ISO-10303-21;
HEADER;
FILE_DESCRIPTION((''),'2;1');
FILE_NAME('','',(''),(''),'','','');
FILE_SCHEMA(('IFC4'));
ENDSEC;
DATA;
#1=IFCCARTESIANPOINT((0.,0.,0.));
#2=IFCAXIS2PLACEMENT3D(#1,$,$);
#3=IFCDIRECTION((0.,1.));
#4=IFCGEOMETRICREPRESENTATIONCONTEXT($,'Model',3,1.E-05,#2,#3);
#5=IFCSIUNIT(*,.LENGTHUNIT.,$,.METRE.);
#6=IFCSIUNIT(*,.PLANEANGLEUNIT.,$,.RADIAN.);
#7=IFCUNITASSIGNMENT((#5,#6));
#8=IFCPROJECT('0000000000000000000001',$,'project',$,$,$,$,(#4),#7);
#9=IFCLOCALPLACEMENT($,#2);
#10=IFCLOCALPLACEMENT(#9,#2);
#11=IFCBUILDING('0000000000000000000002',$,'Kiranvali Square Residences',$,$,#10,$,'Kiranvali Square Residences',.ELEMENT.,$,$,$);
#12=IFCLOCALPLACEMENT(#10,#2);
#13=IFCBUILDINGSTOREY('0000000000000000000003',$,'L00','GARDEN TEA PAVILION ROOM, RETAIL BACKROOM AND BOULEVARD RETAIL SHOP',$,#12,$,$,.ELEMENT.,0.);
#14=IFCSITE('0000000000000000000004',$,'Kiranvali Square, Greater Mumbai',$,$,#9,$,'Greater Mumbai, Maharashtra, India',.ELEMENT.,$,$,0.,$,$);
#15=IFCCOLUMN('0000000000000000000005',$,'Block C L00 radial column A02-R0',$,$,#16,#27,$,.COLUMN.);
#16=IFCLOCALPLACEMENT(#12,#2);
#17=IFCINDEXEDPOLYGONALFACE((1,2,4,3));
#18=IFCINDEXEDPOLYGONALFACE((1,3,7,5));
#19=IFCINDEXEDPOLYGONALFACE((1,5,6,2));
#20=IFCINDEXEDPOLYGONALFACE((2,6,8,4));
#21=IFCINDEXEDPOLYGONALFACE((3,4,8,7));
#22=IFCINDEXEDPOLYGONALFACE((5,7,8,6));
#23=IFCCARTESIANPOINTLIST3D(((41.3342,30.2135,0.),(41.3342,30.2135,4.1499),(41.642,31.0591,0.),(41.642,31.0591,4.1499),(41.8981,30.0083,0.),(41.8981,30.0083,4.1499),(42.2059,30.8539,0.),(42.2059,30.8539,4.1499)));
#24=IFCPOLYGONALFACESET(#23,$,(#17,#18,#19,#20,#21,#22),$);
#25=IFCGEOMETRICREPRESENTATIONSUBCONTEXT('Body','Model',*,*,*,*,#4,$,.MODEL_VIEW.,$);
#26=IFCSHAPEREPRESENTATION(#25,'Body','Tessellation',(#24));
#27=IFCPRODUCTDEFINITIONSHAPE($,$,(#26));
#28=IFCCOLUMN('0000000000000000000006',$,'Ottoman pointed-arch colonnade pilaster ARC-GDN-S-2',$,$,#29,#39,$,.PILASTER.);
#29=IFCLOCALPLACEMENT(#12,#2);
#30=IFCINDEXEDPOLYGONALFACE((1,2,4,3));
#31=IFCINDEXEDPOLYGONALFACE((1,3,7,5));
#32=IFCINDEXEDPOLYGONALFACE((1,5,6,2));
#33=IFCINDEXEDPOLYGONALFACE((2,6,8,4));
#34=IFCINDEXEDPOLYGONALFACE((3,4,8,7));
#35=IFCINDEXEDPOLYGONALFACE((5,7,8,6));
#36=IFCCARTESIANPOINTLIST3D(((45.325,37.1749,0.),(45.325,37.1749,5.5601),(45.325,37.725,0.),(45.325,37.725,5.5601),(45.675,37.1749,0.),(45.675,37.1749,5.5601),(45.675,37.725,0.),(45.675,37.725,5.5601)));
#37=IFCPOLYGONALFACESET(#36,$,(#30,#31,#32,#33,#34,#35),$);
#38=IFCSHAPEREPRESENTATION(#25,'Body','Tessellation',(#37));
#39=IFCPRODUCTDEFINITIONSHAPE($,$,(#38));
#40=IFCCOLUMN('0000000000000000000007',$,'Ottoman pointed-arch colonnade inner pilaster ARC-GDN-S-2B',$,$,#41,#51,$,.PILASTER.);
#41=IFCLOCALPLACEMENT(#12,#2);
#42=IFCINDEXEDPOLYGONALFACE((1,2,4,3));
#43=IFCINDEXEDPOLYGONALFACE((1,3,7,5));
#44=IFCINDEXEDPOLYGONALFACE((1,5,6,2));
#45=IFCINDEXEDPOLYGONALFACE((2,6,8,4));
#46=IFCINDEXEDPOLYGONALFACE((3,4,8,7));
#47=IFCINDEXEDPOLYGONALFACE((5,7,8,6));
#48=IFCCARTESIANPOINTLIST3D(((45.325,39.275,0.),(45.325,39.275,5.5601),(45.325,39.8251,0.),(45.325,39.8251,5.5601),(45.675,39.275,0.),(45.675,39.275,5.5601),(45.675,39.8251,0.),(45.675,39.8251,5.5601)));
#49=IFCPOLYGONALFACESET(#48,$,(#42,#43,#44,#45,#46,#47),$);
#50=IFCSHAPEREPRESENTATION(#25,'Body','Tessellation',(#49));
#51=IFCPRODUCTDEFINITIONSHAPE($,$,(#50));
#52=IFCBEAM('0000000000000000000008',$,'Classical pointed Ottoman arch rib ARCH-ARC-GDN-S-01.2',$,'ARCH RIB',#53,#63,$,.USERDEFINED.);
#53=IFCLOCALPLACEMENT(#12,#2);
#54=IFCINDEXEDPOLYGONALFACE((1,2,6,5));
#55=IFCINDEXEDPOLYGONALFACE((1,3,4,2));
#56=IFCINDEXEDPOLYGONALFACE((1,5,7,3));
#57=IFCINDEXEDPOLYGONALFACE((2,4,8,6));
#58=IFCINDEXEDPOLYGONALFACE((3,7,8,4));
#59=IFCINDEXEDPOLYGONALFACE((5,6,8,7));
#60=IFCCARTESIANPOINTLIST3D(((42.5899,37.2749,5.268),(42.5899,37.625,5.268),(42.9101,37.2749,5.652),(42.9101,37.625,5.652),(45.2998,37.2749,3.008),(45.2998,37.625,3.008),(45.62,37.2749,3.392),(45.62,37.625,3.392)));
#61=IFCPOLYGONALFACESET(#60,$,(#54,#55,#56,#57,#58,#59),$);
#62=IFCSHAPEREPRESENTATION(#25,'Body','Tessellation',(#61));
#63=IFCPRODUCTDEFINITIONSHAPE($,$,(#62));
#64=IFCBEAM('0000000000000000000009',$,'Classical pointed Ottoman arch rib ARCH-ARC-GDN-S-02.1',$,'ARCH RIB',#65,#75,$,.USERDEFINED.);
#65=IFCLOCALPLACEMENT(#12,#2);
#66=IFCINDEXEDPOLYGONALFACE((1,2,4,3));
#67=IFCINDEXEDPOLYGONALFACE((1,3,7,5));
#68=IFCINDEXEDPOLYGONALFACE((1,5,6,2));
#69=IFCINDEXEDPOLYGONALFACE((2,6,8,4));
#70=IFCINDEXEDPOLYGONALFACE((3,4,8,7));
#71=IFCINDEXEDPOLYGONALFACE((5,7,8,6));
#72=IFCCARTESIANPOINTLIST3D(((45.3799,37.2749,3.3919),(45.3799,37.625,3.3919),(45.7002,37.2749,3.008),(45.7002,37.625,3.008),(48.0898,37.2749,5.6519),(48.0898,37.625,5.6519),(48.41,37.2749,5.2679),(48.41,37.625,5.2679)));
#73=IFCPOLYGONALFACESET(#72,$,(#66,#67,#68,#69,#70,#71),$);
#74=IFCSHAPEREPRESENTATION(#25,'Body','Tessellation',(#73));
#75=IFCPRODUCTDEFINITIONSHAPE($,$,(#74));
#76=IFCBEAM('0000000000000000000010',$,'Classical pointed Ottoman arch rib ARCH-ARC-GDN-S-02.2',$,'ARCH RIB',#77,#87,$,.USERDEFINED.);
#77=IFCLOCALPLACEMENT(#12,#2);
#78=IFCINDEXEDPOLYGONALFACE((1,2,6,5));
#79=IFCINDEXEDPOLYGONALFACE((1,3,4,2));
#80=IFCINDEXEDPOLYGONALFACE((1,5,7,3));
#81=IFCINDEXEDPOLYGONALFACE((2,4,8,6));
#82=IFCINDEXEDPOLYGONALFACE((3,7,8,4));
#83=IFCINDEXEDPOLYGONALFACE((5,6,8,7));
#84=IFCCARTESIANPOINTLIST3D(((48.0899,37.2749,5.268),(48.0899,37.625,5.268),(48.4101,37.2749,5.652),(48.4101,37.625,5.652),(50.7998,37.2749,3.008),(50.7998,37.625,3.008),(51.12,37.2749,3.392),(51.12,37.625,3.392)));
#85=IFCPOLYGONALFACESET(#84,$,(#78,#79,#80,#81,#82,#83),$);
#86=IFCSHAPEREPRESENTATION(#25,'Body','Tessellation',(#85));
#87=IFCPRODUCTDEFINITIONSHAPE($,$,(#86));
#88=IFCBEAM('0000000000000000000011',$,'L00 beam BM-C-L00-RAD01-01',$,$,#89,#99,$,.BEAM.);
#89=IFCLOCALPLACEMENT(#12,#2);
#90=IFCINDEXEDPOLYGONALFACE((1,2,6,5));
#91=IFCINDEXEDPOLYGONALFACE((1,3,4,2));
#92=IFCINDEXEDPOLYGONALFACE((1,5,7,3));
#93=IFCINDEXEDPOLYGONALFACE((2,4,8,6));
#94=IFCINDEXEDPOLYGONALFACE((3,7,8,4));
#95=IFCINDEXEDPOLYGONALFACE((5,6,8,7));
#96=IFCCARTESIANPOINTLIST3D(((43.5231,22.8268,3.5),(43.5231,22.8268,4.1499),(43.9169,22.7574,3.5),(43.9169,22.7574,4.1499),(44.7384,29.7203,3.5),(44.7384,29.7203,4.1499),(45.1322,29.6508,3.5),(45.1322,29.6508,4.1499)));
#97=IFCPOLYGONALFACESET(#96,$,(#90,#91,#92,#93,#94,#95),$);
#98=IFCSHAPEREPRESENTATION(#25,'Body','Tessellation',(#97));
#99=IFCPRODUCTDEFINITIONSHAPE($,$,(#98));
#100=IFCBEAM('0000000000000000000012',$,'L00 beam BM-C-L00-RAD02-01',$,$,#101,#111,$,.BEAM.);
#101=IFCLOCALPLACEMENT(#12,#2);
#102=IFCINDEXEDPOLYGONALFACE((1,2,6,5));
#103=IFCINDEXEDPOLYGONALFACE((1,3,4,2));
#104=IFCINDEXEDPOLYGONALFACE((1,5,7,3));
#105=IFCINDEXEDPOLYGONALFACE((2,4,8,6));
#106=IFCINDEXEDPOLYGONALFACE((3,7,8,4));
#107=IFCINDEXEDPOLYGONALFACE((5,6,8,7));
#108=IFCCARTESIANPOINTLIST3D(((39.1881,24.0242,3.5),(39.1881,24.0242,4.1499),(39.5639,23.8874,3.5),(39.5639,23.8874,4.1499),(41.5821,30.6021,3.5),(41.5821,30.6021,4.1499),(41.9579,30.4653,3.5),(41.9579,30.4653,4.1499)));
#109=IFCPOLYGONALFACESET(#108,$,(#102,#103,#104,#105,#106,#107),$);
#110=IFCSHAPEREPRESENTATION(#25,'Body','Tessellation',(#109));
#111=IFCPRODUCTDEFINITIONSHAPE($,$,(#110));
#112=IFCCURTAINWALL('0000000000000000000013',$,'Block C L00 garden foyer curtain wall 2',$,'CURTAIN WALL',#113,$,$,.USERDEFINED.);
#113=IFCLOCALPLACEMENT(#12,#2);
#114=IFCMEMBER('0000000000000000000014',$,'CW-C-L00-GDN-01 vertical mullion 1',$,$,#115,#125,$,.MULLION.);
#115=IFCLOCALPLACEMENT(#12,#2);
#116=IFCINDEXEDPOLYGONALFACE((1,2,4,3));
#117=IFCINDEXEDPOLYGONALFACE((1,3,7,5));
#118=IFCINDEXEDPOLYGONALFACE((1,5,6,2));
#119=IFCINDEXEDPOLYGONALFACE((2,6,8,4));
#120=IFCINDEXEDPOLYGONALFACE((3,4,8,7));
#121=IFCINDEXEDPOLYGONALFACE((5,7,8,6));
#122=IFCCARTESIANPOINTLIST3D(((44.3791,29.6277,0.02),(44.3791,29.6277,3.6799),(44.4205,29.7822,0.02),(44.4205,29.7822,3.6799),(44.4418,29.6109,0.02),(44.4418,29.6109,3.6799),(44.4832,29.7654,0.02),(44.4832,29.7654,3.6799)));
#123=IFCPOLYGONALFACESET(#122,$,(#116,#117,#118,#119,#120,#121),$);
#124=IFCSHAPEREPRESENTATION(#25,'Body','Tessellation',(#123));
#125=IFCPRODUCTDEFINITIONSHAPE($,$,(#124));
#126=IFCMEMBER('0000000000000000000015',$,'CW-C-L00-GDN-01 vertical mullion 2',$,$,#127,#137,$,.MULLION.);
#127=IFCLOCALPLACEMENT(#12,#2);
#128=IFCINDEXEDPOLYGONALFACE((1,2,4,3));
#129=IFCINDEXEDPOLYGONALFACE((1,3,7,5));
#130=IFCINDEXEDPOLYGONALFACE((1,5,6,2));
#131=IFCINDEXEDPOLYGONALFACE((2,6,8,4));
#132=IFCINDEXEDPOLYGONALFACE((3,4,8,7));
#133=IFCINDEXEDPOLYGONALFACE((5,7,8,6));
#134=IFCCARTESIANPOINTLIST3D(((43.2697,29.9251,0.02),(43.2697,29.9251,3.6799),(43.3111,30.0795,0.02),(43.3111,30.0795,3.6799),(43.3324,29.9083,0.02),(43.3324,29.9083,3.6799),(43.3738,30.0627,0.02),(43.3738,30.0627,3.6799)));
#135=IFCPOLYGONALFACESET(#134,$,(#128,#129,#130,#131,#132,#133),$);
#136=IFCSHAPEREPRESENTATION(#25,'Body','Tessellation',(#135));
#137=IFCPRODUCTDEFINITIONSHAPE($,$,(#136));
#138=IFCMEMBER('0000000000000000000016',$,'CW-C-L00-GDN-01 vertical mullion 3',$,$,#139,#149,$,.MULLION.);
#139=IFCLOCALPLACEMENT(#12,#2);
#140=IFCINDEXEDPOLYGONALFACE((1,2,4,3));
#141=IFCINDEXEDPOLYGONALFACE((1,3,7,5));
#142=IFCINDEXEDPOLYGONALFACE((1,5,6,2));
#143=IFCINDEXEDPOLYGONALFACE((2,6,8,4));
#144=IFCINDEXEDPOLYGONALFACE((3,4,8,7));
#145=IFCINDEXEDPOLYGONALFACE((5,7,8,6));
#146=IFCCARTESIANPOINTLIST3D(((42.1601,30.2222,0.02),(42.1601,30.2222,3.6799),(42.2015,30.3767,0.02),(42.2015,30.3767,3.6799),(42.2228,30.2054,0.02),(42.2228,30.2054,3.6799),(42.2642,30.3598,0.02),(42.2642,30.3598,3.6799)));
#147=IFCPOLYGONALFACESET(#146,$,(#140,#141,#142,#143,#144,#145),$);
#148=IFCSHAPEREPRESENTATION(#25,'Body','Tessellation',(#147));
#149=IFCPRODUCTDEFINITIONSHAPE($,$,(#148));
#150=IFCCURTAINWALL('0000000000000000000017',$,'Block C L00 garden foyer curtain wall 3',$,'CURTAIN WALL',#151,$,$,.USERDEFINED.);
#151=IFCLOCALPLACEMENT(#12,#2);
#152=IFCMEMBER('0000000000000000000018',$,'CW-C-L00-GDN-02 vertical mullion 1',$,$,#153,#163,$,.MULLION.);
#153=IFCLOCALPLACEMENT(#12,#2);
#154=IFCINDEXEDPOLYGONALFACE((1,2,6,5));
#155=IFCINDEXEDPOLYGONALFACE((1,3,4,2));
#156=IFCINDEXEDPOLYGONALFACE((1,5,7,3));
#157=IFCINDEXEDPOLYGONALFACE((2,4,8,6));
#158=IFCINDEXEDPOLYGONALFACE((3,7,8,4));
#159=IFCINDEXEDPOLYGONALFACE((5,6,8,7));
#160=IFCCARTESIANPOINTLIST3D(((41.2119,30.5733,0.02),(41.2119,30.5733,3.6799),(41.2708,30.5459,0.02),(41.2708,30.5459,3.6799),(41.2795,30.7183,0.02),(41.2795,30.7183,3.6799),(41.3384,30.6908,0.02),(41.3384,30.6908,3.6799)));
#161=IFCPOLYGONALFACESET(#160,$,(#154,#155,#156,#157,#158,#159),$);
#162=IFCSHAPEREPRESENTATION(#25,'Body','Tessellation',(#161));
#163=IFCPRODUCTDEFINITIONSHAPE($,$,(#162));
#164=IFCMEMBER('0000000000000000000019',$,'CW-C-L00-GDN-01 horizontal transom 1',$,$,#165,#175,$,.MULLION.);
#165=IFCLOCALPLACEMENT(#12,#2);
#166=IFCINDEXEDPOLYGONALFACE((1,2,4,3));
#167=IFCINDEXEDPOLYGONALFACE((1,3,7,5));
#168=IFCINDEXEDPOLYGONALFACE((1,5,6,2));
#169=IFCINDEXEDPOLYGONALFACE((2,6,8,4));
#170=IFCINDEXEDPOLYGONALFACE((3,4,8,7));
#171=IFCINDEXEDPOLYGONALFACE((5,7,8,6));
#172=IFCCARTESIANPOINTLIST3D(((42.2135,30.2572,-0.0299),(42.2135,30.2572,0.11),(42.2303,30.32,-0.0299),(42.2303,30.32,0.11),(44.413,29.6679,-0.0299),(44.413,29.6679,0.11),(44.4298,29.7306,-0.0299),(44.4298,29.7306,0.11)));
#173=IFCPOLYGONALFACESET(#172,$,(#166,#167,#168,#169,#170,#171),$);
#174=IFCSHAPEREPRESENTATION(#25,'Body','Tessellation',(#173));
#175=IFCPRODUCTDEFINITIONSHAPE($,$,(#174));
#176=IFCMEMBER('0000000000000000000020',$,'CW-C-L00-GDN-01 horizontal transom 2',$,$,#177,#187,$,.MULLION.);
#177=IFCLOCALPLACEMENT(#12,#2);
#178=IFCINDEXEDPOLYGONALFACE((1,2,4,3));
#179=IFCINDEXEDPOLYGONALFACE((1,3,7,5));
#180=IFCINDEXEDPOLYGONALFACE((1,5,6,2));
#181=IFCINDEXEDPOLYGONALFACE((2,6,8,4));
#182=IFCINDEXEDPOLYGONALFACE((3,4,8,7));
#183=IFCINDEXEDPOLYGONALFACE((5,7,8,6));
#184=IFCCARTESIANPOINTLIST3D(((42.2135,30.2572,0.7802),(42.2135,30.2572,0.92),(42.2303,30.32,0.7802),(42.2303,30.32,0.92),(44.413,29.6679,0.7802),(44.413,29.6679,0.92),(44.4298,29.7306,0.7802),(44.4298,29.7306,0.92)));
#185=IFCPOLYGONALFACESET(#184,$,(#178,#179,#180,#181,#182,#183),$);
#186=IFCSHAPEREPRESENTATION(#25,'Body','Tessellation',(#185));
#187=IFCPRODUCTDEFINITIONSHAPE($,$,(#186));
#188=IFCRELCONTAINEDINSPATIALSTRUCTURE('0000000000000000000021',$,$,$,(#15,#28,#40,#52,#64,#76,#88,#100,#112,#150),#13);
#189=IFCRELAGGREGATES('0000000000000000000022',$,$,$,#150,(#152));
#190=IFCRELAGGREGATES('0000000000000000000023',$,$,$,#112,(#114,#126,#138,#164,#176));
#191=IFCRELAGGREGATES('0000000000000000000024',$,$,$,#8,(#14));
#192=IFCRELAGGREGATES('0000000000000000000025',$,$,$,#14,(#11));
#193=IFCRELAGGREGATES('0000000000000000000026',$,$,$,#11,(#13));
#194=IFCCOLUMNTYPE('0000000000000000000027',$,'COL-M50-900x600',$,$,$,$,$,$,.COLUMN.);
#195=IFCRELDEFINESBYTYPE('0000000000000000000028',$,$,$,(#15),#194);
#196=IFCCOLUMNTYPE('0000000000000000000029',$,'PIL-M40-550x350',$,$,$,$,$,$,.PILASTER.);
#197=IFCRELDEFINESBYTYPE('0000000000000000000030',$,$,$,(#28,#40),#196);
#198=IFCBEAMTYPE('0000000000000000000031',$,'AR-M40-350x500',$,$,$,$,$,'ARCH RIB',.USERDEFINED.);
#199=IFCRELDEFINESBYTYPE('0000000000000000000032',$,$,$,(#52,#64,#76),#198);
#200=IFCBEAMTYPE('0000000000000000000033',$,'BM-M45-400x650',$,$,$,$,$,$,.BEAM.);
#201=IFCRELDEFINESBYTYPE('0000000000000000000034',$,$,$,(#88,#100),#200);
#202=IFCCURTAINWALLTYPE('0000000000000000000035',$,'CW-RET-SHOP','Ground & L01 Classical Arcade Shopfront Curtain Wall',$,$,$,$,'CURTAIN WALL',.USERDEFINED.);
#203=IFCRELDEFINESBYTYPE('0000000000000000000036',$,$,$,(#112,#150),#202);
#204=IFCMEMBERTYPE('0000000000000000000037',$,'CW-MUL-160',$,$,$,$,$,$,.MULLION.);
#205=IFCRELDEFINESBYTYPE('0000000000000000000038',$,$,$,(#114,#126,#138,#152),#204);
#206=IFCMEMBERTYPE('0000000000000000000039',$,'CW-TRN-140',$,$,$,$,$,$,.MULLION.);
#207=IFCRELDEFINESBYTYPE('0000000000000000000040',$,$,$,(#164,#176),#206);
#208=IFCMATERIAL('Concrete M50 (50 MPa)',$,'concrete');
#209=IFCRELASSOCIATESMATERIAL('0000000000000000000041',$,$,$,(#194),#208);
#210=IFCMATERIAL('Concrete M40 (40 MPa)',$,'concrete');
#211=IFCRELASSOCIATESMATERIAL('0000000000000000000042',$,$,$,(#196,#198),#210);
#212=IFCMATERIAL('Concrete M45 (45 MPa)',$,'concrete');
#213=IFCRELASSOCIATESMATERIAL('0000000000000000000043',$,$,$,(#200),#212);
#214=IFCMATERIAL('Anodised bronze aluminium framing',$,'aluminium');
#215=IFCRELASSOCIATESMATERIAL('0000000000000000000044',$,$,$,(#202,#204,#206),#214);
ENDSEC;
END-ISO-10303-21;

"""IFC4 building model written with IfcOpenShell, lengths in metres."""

from ifc_helpers import new_model, si_unit, direction, frame, origin, origin_2d, place, context, subcontext, project, spatial, rectangle, extrude, material, material_profile, profile_set, type_object, element, aggregate, save


model = new_model("IFC4")

# Units and contexts
model_context = context("Model", 3, precision=1e-05, world=origin(), true_north=direction((0.0, 1.0)))
body_context = subcontext(model_context, "Body", "Model", "MODEL_VIEW")
ifc_project = project(units=[si_unit("LENGTHUNIT", "METRE"), si_unit("PLANEANGLEUNIT", "RADIAN")], contexts=[model_context])

# Site, building, storey
site_placement = place(None, origin())
site = spatial("IfcSite", under=ifc_project, at=site_placement, Name="Kiranvali Square, Greater Mumbai", LongName="Greater Mumbai, Maharashtra, India", CompositionType="ELEMENT", RefElevation=0.0)
building_placement = place(site_placement, origin())
building = spatial("IfcBuilding", under=site, at=building_placement, Name="Kiranvali Square Residences", LongName="Kiranvali Square Residences", CompositionType="ELEMENT")
storey_placement = place(building_placement, origin())
storey = spatial("IfcBuildingStorey", under=building, at=storey_placement, Name="L00", Description="GARDEN TEA PAVILION ROOM, RETAIL BACKROOM AND BOULEVARD RETAIL SHOP", CompositionType="ELEMENT", Elevation=0.0)

# Columns
ifc_material_1 = material(Name="Concrete M50 (50 MPa)", Category="concrete")
ifc_material_profile_1 = material_profile(ifc_material_1, rectangle(XDim=0.6001, YDim=0.8999, at=origin_2d()), Name="RC 900x600")
ifc_profile_set_1 = profile_set([ifc_material_profile_1], Name="Concrete M50 (50 MPa)")
column_type_1 = type_object("IfcColumnType", Name="COL-M50-900x600", PredefinedType="COLUMN", material=ifc_profile_set_1)
column_placement = place(storey_placement, frame((41.77, 30.5337, 0.0), z_axis=(0.0, 0.0, 1.0), x_axis=(-0.939693, 0.34202, 0.0)))
element("IfcColumn", 1, at=column_placement, inside=storey, type_object=column_type_1, Name="Block C L00 radial column A02-R0", PredefinedType="COLUMN", context=body_context, shape_type="SweptSolid", body=[
    extrude(rectangle(XDim=0.6001, YDim=0.8999, at=origin_2d()), origin(), (0.0, 0.0, 1.0), 4.1499),
])
ifc_material_2 = material(Name="Concrete M40 (40 MPa)", Category="concrete")
ifc_material_profile_2 = material_profile(ifc_material_2, rectangle(XDim=0.3501, YDim=0.55, at=origin_2d()), Name="RC 550x350")
ifc_profile_set_2 = profile_set([ifc_material_profile_2], Name="Concrete M40 (40 MPa)")
column_type_2 = type_object("IfcColumnType", Name="PIL-M40-550x350", PredefinedType="PILASTER", material=ifc_profile_set_2)
for number, where, z_axis, x_axis, name in (
    (2, (45.5, 37.45, 0.0), (0.0, 0.0, 1.0), (1.0, 0.0, 0.0), "Ottoman pointed-arch colonnade pilaster ARC-GDN-S-2"),
    (3, (45.5, 39.55, 0.0), (0.0, 0.0, 1.0), (1.0, 0.0, 0.0), "Ottoman pointed-arch colonnade inner pilaster ARC-GDN-S-2B"),
):
    element("IfcColumn", number, at=place(storey_placement, frame(where, z_axis=z_axis, x_axis=x_axis)), inside=storey, type_object=column_type_2, Name=name, PredefinedType="PILASTER", context=body_context, shape_type="SweptSolid", body=[
        extrude(rectangle(XDim=0.3501, YDim=0.55, at=origin_2d()), origin(), (0.0, 0.0, 1.0), 5.5601),
    ])

# Beams
ifc_material_profile_3 = material_profile(ifc_material_2, rectangle(XDim=0.3501, YDim=0.5, at=origin_2d()), Name="RC 350x500")
ifc_profile_set_3 = profile_set([ifc_material_profile_3], Name="Concrete M40 (40 MPa)")
beam_type_1 = type_object("IfcBeamType", Name="AR-M40-350x500", ElementType="ARCH RIB", PredefinedType="USERDEFINED", material=ifc_profile_set_3)
for number, where, z_axis, x_axis, name in (
    (4, (42.75, 37.45, 5.46), (0.767983, 0.0, -0.64047), (0.0, 1.0, 0.0), "Classical pointed Ottoman arch rib ARCH-ARC-GDN-S-01.2"),
    (5, (45.54, 37.45, 3.2), (0.767983, 0.0, 0.64047), (0.0, 1.0, 0.0), "Classical pointed Ottoman arch rib ARCH-ARC-GDN-S-02.1"),
    (6, (48.25, 37.45, 5.46), (0.767983, 0.0, -0.64047), (0.0, 1.0, 0.0), "Classical pointed Ottoman arch rib ARCH-ARC-GDN-S-02.2"),
):
    element("IfcBeam", number, at=place(storey_placement, frame(where, z_axis=z_axis, x_axis=x_axis)), inside=storey, type_object=beam_type_1, Name=name, ObjectType="ARCH RIB", PredefinedType="USERDEFINED", context=body_context, shape_type="SweptSolid", body=[
        extrude(rectangle(XDim=0.3501, YDim=0.5, at=origin_2d()), origin(), (0.0, 0.0, 1.0), 3.5286),
    ])
ifc_material_3 = material(Name="Concrete M45 (45 MPa)", Category="concrete")
ifc_material_profile_4 = material_profile(ifc_material_3, rectangle(XDim=0.3999, YDim=0.6499, at=origin_2d()), Name="RC 400x650")
ifc_profile_set_4 = profile_set([ifc_material_profile_4], Name="Concrete M45 (45 MPa)")
beam_type_2 = type_object("IfcBeamType", Name="BM-M45-400x650", PredefinedType="BEAM", material=ifc_profile_set_4)
beam_1_placement = place(storey_placement, frame((44.9353, 29.6855, 3.825), z_axis=(-0.173622, -0.984812, 0.0), x_axis=(0.984812, -0.173622, 0.0)))
element("IfcBeam", 7, at=beam_1_placement, inside=storey, type_object=beam_type_2, Name="L00 beam BM-C-L00-RAD01-01", PredefinedType="BEAM", context=body_context, shape_type="SweptSolid", body=[
    extrude(rectangle(XDim=0.3999, YDim=0.6499, at=origin_2d()), origin(), (0.0, 0.0, 1.0), 6.9998),
])
beam_2_placement = place(storey_placement, frame((41.77, 30.5337, 3.825), z_axis=(-0.342006, -0.939698, 0.0), x_axis=(0.939698, -0.342006, 0.0)))
element("IfcBeam", 8, at=beam_2_placement, inside=storey, type_object=beam_type_2, Name="L00 beam BM-C-L00-RAD02-01", PredefinedType="BEAM", context=body_context, shape_type="SweptSolid", body=[
    extrude(rectangle(XDim=0.3999, YDim=0.6499, at=origin_2d()), origin(), (0.0, 0.0, 1.0), 7.0),
])

# Curtain wall, members
ifc_material_4 = material(Name="Anodised bronze aluminium framing", Category="aluminium")
curtain_wall_type = type_object("IfcCurtainWallType", Name="CW-RET-SHOP", Description="Ground & L01 Classical Arcade Shopfront Curtain Wall", ElementType="CURTAIN WALL", PredefinedType="USERDEFINED", material=ifc_material_4)
curtain_wall_1_placement = place(storey_placement, origin())
curtain_wall_1 = element("IfcCurtainWall", 9, at=curtain_wall_1_placement, inside=storey, type_object=curtain_wall_type, Name="Block C L00 garden foyer curtain wall 2", ObjectType="CURTAIN WALL", PredefinedType="USERDEFINED")
ifc_material_profile_5 = material_profile(ifc_material_4, rectangle(XDim=0.0649, YDim=0.1599, at=origin_2d()), Name="ALU 65x160")
ifc_profile_set_5 = profile_set([ifc_material_profile_5], Name="Anodised bronze aluminium framing")
member_type_1 = type_object("IfcMemberType", Name="CW-MUL-160", PredefinedType="MULLION", material=ifc_profile_set_5)
member_1_placement = place(storey_placement, frame((44.4312, 29.6965, 0.02), z_axis=(0.0, 0.0, 1.0), x_axis=(-0.965926, 0.258819, 0.0)))
member_1 = element("IfcMember", 10, at=member_1_placement, type_object=member_type_1, Name="CW-C-L00-GDN-01 vertical mullion 1", PredefinedType="MULLION", context=body_context, shape_type="SweptSolid", body=[
    extrude(rectangle(XDim=0.0649, YDim=0.1599, at=origin_2d()), origin(), (0.0, 0.0, 1.0), 3.6599),
])
member_2_placement = place(storey_placement, frame((43.3218, 29.9939, 0.02), z_axis=(0.0, 0.0, 1.0), x_axis=(-0.965926, 0.258819, 0.0)))
member_2 = element("IfcMember", 11, at=member_2_placement, type_object=member_type_1, Name="CW-C-L00-GDN-01 vertical mullion 2", PredefinedType="MULLION", context=body_context, shape_type="SweptSolid", body=[
    extrude(rectangle(XDim=0.0649, YDim=0.1599, at=origin_2d()), origin(), (0.0, 0.0, 1.0), 3.6599),
])
member_3_placement = place(storey_placement, frame((42.2122, 30.291, 0.02), z_axis=(0.0, 0.0, 1.0), x_axis=(-0.965926, 0.258819, 0.0)))
member_3 = element("IfcMember", 12, at=member_3_placement, type_object=member_type_1, Name="CW-C-L00-GDN-01 vertical mullion 3", PredefinedType="MULLION", context=body_context, shape_type="SweptSolid", body=[
    extrude(rectangle(XDim=0.0649, YDim=0.1599, at=origin_2d()), origin(), (0.0, 0.0, 1.0), 3.6599),
])

# Curtain wall, member
curtain_wall_2_placement = place(storey_placement, origin())
curtain_wall_2 = element("IfcCurtainWall", 13, at=curtain_wall_2_placement, inside=storey, type_object=curtain_wall_type, Name="Block C L00 garden foyer curtain wall 3", ObjectType="CURTAIN WALL", PredefinedType="USERDEFINED")
member_4_placement = place(storey_placement, frame((41.2751, 30.6321, 0.02), z_axis=(0.0, 0.0, 1.0), x_axis=(-0.906308, 0.422618, 0.0)))
member_4 = element("IfcMember", 14, at=member_4_placement, type_object=member_type_1, Name="CW-C-L00-GDN-02 vertical mullion 1", PredefinedType="MULLION", context=body_context, shape_type="SweptSolid", body=[
    extrude(rectangle(XDim=0.0649, YDim=0.1599, at=origin_2d()), origin(), (0.0, 0.0, 1.0), 3.6599),
])

# Members
ifc_material_profile_6 = material_profile(ifc_material_4, rectangle(XDim=0.0649, YDim=0.1399, at=origin_2d()), Name="ALU 65x140")
ifc_profile_set_6 = profile_set([ifc_material_profile_6], Name="Anodised bronze aluminium framing")
member_type_2 = type_object("IfcMemberType", Name="CW-TRN-140", PredefinedType="MULLION", material=ifc_profile_set_6)
member_5_placement = place(storey_placement, frame((44.4214, 29.6992, 0.04), z_axis=(-0.965925, 0.258824, 0.0), x_axis=(-0.258824, -0.965925, 0.0)))
member_5 = element("IfcMember", 15, at=member_5_placement, type_object=member_type_2, Name="CW-C-L00-GDN-01 horizontal transom 1", PredefinedType="MULLION", context=body_context, shape_type="SweptSolid", body=[
    extrude(rectangle(XDim=0.0649, YDim=0.1399, at=origin_2d()), origin(), (0.0, 0.0, 1.0), 2.2771),
])
member_6_placement = place(storey_placement, frame((44.4214, 29.6992, 0.8501), z_axis=(-0.965925, 0.258824, 0.0), x_axis=(-0.258824, -0.965925, 0.0)))
member_6 = element("IfcMember", 16, at=member_6_placement, type_object=member_type_2, Name="CW-C-L00-GDN-01 horizontal transom 2", PredefinedType="MULLION", context=body_context, shape_type="SweptSolid", body=[
    extrude(rectangle(XDim=0.0649, YDim=0.1399, at=origin_2d()), origin(), (0.0, 0.0, 1.0), 2.2771),
])

aggregate(curtain_wall_2, [member_4])
aggregate(curtain_wall_1, [member_1, member_2, member_3, member_5, member_6])

save(model, "model.ifc")
